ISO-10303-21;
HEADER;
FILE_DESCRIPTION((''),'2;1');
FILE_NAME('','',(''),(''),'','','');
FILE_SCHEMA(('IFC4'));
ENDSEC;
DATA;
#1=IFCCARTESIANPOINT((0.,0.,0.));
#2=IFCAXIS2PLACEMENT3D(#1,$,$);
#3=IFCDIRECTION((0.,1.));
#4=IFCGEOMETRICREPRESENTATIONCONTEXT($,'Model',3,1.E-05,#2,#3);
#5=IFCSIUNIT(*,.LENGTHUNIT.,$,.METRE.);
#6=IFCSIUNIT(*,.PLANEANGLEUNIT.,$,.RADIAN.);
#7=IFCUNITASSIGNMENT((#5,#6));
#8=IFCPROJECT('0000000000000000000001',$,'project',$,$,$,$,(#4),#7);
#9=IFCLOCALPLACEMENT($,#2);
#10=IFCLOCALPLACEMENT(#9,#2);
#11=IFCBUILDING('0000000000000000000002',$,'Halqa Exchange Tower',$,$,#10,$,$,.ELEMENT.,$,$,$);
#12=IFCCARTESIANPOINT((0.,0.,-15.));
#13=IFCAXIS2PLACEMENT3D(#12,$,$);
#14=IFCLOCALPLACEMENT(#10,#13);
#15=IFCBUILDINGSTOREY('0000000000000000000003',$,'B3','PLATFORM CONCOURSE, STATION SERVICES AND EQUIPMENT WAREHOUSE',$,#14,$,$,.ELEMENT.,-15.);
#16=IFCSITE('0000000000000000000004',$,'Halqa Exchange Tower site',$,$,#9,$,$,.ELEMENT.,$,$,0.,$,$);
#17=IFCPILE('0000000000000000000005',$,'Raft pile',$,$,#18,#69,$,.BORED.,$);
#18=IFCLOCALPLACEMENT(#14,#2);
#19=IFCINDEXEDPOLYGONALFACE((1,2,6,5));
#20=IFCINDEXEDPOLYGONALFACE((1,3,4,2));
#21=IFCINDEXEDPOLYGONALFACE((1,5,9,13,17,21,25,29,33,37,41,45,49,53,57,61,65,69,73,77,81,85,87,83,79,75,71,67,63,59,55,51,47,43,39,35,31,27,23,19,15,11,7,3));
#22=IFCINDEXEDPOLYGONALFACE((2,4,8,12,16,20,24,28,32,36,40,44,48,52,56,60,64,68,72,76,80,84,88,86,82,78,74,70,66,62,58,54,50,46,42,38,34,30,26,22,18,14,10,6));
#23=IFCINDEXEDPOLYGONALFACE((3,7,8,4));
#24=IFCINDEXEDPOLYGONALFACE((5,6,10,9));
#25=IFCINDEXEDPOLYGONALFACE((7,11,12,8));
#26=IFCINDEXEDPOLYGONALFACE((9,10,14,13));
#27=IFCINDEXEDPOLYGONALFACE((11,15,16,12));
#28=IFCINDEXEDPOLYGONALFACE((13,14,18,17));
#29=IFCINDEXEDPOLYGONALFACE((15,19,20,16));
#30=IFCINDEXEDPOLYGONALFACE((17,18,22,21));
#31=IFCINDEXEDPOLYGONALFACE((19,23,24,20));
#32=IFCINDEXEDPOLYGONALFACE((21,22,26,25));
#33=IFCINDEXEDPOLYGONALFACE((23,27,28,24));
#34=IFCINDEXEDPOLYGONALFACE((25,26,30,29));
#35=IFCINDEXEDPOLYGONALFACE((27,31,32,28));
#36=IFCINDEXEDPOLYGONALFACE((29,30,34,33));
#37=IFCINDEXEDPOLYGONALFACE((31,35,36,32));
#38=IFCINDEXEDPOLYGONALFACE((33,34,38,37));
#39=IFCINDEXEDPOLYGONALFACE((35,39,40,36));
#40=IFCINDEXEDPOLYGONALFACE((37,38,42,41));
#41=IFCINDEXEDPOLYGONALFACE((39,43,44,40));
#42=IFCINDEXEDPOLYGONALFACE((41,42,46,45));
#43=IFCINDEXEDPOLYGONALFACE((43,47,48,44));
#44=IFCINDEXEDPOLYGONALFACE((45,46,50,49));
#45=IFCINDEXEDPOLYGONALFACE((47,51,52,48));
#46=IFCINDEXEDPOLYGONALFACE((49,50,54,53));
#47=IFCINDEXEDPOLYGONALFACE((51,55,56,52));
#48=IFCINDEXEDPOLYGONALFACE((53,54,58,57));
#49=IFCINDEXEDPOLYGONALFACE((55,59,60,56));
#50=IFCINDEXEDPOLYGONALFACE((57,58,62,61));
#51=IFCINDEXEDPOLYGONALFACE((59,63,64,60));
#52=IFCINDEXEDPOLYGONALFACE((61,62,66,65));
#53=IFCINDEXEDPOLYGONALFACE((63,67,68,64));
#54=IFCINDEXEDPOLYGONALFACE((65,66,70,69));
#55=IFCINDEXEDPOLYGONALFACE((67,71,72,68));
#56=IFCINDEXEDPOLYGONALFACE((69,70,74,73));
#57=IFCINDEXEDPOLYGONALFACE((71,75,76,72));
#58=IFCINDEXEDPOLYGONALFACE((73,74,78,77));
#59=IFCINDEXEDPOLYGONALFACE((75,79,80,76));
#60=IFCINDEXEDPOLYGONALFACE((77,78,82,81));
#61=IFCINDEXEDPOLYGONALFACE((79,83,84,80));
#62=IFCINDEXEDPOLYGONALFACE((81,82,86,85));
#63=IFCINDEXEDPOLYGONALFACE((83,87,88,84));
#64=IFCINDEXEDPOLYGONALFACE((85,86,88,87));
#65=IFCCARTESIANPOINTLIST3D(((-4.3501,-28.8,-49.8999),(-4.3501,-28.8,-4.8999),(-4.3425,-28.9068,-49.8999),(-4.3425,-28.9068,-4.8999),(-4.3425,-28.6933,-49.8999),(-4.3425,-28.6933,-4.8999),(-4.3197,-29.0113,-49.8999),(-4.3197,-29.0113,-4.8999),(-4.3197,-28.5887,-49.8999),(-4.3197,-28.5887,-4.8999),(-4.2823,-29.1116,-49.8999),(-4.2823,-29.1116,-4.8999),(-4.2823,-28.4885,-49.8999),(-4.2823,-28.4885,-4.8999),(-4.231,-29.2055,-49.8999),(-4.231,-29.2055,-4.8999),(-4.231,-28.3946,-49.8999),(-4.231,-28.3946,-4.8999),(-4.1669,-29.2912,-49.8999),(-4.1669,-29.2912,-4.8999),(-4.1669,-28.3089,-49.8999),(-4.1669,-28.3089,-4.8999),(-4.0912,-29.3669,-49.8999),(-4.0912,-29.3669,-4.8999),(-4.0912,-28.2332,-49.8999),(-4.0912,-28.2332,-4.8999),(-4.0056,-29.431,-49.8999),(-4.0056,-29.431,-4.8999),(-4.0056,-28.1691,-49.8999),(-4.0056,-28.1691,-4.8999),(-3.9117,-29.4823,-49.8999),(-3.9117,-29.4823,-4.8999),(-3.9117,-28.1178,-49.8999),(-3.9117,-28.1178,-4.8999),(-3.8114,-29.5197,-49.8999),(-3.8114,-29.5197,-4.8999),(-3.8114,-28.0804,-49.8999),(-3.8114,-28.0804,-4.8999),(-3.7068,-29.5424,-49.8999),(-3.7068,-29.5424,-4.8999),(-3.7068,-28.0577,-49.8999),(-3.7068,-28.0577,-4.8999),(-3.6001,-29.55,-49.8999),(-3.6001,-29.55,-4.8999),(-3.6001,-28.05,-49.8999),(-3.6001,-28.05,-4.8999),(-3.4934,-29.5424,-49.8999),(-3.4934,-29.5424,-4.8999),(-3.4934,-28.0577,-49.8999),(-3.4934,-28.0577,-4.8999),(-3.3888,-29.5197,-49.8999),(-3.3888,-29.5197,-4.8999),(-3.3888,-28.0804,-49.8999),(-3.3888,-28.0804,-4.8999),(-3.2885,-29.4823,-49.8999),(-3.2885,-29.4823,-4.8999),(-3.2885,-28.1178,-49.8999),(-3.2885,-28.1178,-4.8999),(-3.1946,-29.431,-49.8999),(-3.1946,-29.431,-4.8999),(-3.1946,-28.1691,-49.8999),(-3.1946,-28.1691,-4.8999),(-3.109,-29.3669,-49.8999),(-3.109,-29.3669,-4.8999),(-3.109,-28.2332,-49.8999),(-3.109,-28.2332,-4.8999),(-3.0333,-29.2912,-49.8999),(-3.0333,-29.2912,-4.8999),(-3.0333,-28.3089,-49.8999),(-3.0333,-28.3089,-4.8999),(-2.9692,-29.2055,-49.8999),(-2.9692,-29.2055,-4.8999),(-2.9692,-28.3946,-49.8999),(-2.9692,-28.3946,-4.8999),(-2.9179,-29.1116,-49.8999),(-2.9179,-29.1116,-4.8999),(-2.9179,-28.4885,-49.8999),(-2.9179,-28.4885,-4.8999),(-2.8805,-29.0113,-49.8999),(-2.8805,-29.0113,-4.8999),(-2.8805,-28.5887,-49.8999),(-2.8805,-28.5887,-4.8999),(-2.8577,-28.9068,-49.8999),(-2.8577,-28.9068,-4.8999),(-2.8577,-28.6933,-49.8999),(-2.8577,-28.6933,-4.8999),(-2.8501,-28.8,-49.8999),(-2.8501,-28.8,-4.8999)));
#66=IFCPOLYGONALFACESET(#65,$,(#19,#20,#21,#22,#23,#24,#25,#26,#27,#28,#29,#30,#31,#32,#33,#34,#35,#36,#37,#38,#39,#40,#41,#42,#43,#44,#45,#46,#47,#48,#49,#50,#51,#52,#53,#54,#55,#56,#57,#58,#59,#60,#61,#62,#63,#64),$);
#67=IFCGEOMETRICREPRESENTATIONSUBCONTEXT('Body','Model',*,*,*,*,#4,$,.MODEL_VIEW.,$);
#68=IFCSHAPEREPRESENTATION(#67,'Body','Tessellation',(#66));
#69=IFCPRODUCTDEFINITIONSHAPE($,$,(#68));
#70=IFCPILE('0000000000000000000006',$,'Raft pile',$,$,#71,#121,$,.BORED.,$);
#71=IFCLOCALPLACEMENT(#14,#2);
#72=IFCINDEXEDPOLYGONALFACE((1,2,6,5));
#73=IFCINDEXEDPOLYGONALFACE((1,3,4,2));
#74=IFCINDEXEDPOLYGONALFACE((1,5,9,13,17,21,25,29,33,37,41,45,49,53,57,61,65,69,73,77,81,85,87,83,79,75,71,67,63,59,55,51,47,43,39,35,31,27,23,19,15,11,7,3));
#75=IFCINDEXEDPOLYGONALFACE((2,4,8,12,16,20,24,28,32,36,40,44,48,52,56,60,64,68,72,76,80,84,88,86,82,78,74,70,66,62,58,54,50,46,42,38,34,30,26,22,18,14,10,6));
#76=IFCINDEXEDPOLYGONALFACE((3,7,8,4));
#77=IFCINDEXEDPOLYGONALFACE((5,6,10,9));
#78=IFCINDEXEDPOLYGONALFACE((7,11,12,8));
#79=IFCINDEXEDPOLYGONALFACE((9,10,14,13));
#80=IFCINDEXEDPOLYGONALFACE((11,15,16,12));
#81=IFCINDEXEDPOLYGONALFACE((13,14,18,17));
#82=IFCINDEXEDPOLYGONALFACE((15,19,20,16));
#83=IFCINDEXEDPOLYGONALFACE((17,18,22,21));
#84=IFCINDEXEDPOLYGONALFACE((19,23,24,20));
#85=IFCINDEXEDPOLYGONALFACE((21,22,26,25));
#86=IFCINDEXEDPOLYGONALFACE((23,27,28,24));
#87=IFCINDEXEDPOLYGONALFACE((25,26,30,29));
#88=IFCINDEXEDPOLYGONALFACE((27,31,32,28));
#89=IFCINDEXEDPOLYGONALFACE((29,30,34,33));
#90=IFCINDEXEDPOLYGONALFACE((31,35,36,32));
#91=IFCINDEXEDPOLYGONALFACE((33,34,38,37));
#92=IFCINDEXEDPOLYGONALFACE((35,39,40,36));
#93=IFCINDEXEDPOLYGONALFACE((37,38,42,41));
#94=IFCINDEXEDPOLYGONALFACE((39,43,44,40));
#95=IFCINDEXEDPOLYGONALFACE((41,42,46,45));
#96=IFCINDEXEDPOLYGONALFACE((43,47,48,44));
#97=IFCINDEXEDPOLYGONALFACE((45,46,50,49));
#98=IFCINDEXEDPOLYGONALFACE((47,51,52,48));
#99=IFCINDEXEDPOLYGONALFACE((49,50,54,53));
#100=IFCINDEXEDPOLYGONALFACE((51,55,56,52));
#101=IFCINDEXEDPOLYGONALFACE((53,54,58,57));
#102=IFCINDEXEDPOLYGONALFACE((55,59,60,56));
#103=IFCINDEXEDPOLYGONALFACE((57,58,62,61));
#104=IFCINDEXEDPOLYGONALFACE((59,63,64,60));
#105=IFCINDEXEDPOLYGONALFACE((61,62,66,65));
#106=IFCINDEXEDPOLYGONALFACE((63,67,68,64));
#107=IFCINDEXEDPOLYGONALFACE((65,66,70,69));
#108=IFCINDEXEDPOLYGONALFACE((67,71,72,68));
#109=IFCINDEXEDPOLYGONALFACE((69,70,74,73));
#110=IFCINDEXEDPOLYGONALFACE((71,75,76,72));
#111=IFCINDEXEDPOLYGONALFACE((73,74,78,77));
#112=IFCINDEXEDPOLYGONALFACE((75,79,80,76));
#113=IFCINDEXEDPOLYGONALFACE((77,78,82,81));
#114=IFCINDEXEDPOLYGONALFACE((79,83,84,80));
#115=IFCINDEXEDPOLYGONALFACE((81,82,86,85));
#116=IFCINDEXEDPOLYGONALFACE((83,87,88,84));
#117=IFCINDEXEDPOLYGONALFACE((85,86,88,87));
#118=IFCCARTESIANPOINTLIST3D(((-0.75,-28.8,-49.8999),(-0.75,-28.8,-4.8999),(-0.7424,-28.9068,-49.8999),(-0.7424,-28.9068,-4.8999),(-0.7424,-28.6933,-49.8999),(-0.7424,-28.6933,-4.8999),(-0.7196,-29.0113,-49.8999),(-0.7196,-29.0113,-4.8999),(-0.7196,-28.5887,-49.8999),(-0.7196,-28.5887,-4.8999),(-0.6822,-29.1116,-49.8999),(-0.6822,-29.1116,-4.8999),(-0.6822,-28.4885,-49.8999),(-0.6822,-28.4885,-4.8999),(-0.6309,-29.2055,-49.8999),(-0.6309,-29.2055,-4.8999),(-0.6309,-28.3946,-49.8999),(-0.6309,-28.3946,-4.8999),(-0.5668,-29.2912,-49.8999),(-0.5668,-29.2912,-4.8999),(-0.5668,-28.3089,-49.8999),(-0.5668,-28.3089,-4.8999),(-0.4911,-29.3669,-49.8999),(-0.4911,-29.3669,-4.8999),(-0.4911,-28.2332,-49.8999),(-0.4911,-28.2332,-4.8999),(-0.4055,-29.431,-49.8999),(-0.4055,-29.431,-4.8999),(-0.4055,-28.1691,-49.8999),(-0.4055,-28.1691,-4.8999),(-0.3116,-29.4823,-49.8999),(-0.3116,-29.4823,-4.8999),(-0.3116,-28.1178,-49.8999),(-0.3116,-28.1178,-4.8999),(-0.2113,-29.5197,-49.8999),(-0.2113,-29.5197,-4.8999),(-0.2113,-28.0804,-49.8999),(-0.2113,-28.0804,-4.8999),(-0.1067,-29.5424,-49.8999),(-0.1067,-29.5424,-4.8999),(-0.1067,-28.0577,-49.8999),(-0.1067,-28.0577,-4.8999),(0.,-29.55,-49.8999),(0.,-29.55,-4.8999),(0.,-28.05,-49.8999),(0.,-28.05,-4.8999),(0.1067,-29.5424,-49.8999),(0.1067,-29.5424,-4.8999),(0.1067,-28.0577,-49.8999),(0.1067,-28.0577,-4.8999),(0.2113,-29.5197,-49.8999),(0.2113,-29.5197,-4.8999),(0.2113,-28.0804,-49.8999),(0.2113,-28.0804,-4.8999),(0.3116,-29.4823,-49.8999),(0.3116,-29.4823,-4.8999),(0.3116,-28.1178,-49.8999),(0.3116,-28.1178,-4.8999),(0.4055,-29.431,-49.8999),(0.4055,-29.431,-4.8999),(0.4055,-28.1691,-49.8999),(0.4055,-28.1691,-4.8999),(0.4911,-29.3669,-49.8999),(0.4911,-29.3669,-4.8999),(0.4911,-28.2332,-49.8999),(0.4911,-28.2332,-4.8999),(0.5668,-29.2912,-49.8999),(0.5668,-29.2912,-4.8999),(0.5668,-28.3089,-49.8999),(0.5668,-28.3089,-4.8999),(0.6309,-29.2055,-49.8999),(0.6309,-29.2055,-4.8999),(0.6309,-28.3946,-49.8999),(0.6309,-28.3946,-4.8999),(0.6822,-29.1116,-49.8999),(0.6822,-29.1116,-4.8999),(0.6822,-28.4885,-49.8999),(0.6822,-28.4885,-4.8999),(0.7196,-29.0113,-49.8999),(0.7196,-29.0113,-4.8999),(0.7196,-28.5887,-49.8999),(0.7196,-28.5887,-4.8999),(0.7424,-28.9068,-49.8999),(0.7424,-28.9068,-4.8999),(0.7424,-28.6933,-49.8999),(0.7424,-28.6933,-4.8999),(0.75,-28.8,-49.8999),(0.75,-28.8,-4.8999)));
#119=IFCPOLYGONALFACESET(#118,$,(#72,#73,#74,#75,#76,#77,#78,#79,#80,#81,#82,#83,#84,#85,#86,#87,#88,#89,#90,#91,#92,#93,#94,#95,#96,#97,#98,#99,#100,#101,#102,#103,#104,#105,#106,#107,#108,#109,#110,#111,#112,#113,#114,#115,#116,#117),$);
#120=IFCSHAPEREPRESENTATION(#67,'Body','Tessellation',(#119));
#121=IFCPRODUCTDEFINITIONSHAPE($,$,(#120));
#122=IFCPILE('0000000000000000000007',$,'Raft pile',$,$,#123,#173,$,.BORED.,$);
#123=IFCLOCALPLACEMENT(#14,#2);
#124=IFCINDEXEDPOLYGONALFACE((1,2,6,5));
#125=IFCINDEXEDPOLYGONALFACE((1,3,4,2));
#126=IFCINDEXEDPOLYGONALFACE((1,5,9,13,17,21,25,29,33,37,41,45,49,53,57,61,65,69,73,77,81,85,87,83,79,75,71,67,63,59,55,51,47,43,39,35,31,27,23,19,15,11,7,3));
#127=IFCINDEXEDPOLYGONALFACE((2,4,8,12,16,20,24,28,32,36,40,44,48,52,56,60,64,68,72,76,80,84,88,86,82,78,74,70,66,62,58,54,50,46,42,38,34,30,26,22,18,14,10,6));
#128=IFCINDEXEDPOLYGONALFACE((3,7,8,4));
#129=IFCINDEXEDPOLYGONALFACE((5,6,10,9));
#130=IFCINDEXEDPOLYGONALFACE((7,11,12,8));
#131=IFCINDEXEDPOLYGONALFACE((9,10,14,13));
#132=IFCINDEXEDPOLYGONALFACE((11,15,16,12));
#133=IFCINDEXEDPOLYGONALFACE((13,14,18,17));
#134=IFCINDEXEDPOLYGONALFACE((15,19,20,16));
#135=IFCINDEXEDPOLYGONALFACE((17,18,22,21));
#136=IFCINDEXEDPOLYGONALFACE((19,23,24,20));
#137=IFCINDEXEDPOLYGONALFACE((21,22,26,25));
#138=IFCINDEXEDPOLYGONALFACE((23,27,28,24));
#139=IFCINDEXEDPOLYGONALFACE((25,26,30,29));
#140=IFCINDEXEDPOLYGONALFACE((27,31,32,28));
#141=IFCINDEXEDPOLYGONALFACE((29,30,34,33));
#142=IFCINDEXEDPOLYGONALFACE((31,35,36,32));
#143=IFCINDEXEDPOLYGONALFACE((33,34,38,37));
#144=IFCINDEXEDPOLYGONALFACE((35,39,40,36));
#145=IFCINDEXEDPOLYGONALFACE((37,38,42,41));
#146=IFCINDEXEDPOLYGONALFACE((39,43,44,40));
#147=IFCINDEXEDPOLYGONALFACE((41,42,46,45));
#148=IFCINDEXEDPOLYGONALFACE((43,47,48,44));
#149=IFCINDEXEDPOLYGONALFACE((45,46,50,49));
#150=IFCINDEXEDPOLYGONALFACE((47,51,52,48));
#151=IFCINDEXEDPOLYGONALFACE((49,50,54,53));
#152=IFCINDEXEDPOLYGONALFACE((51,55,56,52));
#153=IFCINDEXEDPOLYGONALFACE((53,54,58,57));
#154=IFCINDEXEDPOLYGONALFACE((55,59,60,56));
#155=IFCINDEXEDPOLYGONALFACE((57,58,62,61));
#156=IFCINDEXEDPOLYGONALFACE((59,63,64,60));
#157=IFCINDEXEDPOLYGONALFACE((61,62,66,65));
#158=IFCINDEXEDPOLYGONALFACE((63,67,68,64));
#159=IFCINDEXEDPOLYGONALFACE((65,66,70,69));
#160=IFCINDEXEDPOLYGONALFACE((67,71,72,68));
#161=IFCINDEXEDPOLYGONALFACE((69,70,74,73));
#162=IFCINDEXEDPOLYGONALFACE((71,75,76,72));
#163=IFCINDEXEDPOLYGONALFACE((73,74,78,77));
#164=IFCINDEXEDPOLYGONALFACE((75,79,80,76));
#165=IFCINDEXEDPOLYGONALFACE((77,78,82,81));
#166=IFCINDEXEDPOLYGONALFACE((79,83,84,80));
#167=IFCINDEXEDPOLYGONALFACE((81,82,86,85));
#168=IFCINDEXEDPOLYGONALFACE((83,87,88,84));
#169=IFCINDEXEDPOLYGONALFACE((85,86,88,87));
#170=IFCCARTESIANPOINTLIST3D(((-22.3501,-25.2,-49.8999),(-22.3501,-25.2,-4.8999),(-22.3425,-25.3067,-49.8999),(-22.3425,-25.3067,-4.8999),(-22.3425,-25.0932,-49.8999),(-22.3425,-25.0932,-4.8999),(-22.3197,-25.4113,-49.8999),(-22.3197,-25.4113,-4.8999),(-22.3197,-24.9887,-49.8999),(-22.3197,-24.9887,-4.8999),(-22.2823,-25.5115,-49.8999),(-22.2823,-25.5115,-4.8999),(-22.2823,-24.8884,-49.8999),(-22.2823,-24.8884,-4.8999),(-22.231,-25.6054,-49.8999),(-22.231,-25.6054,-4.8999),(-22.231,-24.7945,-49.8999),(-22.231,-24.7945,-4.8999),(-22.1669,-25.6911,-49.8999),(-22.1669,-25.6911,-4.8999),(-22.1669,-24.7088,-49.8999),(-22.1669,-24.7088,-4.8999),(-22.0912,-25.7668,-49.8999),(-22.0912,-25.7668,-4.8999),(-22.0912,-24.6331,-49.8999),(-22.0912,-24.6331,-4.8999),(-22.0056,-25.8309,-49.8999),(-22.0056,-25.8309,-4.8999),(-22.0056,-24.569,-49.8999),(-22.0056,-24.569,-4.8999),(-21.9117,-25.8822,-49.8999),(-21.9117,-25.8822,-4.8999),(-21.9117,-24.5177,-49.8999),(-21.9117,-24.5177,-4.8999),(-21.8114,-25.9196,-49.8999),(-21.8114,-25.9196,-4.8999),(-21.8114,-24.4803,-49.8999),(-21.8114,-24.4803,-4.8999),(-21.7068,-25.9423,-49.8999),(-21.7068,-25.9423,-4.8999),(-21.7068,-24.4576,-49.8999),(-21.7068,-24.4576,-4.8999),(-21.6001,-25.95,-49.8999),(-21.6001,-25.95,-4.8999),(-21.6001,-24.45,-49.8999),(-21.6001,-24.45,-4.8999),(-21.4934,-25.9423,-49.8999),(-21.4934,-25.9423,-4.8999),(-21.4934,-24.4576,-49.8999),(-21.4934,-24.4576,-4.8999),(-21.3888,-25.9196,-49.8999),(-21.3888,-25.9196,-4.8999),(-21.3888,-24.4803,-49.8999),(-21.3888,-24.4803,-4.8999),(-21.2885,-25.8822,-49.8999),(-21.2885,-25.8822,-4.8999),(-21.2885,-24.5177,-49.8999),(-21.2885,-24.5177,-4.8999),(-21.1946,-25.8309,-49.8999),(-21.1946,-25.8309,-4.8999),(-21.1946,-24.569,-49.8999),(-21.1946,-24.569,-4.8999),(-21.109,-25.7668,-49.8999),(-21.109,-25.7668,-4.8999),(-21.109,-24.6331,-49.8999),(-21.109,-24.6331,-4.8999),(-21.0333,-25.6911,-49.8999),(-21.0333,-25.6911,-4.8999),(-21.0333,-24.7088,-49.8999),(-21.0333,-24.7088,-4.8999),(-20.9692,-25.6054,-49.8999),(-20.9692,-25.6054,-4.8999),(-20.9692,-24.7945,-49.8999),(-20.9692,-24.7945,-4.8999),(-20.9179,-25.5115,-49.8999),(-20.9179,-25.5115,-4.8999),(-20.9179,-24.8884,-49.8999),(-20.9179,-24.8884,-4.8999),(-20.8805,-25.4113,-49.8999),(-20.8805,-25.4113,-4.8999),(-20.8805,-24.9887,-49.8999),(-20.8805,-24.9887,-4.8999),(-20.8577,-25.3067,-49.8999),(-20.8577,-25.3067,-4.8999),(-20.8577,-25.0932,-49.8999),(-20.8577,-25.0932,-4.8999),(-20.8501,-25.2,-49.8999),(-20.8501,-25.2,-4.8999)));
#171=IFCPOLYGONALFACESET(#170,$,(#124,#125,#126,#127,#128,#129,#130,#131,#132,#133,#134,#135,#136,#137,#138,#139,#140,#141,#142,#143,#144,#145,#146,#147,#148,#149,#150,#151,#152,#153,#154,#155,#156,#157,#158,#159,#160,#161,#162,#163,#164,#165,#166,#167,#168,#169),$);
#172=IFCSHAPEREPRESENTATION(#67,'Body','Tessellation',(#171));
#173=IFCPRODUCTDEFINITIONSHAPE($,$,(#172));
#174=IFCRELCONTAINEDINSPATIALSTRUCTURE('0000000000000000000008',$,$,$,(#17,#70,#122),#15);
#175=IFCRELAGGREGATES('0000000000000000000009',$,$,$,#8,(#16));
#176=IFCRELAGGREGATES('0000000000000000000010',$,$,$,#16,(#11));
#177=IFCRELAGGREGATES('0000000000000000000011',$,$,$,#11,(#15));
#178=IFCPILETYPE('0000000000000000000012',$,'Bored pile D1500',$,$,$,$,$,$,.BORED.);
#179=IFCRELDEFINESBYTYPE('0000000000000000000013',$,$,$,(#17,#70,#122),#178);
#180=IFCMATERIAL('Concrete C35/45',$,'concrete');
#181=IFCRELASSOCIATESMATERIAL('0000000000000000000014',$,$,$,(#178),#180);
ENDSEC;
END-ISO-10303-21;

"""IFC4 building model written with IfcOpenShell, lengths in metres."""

from ifc_helpers import new_model, si_unit, direction, frame, origin, origin_2d, place, context, subcontext, project, spatial, circle, extrude, material, material_profile, profile_set, type_object, element, save


model = new_model("IFC4")

# Units and contexts
model_context = context("Model", 3, precision=1e-05, world=origin(), true_north=direction((0.0, 1.0)))
body_context = subcontext(model_context, "Body", "Model", "MODEL_VIEW")
ifc_project = project(units=[si_unit("LENGTHUNIT", "METRE"), si_unit("PLANEANGLEUNIT", "RADIAN")], contexts=[model_context])

# Site, building, storey
site_placement = place(None, origin())
site = spatial("IfcSite", under=ifc_project, at=site_placement, Name="Halqa Exchange Tower site", CompositionType="ELEMENT", RefElevation=0.0)
building_placement = place(site_placement, origin())
building = spatial("IfcBuilding", under=site, at=building_placement, Name="Halqa Exchange Tower", CompositionType="ELEMENT")
storey_placement = place(building_placement, frame((0.0, 0.0, -15.0)))
storey = spatial("IfcBuildingStorey", under=building, at=storey_placement, Name="B3", Description="PLATFORM CONCOURSE, STATION SERVICES AND EQUIPMENT WAREHOUSE", CompositionType="ELEMENT", Elevation=-15.0)

# Piles
ifc_material_1 = material(Name="Concrete C35/45", Category="concrete")
ifc_material_profile_1 = material_profile(ifc_material_1, circle(Radius=0.75, at=origin_2d()), Name="D1500")
ifc_profile_set_1 = profile_set([ifc_material_profile_1], Name="Concrete C35/45")
pile_type_1 = type_object("IfcPileType", Name="Bored pile D1500", PredefinedType="BORED", material=ifc_profile_set_1)
for number, where, z_axis, x_axis, name in (
    (1, (-3.6001, -28.8, -4.8999), (0.0, 0.0, -1.0), (1.0, 0.0, 0.0), "Raft pile"),
    (2, (0.0, -28.8, -4.8999), (0.0, 0.0, -1.0), (1.0, 0.0, 0.0), "Raft pile"),
    (3, (-21.6001, -25.2, -4.8999), (0.0, 0.0, -1.0), (1.0, 0.0, 0.0), "Raft pile"),
):
    element("IfcPile", number, at=place(storey_placement, frame(where, z_axis=z_axis, x_axis=x_axis)), inside=storey, type_object=pile_type_1, Name=name, PredefinedType="BORED", context=body_context, shape_type="SweptSolid", body=[
        extrude(circle(Radius=0.75, at=origin_2d()), origin(), (0.0, 0.0, 1.0), 45.0),
    ])

save(model, "model.ifc")
